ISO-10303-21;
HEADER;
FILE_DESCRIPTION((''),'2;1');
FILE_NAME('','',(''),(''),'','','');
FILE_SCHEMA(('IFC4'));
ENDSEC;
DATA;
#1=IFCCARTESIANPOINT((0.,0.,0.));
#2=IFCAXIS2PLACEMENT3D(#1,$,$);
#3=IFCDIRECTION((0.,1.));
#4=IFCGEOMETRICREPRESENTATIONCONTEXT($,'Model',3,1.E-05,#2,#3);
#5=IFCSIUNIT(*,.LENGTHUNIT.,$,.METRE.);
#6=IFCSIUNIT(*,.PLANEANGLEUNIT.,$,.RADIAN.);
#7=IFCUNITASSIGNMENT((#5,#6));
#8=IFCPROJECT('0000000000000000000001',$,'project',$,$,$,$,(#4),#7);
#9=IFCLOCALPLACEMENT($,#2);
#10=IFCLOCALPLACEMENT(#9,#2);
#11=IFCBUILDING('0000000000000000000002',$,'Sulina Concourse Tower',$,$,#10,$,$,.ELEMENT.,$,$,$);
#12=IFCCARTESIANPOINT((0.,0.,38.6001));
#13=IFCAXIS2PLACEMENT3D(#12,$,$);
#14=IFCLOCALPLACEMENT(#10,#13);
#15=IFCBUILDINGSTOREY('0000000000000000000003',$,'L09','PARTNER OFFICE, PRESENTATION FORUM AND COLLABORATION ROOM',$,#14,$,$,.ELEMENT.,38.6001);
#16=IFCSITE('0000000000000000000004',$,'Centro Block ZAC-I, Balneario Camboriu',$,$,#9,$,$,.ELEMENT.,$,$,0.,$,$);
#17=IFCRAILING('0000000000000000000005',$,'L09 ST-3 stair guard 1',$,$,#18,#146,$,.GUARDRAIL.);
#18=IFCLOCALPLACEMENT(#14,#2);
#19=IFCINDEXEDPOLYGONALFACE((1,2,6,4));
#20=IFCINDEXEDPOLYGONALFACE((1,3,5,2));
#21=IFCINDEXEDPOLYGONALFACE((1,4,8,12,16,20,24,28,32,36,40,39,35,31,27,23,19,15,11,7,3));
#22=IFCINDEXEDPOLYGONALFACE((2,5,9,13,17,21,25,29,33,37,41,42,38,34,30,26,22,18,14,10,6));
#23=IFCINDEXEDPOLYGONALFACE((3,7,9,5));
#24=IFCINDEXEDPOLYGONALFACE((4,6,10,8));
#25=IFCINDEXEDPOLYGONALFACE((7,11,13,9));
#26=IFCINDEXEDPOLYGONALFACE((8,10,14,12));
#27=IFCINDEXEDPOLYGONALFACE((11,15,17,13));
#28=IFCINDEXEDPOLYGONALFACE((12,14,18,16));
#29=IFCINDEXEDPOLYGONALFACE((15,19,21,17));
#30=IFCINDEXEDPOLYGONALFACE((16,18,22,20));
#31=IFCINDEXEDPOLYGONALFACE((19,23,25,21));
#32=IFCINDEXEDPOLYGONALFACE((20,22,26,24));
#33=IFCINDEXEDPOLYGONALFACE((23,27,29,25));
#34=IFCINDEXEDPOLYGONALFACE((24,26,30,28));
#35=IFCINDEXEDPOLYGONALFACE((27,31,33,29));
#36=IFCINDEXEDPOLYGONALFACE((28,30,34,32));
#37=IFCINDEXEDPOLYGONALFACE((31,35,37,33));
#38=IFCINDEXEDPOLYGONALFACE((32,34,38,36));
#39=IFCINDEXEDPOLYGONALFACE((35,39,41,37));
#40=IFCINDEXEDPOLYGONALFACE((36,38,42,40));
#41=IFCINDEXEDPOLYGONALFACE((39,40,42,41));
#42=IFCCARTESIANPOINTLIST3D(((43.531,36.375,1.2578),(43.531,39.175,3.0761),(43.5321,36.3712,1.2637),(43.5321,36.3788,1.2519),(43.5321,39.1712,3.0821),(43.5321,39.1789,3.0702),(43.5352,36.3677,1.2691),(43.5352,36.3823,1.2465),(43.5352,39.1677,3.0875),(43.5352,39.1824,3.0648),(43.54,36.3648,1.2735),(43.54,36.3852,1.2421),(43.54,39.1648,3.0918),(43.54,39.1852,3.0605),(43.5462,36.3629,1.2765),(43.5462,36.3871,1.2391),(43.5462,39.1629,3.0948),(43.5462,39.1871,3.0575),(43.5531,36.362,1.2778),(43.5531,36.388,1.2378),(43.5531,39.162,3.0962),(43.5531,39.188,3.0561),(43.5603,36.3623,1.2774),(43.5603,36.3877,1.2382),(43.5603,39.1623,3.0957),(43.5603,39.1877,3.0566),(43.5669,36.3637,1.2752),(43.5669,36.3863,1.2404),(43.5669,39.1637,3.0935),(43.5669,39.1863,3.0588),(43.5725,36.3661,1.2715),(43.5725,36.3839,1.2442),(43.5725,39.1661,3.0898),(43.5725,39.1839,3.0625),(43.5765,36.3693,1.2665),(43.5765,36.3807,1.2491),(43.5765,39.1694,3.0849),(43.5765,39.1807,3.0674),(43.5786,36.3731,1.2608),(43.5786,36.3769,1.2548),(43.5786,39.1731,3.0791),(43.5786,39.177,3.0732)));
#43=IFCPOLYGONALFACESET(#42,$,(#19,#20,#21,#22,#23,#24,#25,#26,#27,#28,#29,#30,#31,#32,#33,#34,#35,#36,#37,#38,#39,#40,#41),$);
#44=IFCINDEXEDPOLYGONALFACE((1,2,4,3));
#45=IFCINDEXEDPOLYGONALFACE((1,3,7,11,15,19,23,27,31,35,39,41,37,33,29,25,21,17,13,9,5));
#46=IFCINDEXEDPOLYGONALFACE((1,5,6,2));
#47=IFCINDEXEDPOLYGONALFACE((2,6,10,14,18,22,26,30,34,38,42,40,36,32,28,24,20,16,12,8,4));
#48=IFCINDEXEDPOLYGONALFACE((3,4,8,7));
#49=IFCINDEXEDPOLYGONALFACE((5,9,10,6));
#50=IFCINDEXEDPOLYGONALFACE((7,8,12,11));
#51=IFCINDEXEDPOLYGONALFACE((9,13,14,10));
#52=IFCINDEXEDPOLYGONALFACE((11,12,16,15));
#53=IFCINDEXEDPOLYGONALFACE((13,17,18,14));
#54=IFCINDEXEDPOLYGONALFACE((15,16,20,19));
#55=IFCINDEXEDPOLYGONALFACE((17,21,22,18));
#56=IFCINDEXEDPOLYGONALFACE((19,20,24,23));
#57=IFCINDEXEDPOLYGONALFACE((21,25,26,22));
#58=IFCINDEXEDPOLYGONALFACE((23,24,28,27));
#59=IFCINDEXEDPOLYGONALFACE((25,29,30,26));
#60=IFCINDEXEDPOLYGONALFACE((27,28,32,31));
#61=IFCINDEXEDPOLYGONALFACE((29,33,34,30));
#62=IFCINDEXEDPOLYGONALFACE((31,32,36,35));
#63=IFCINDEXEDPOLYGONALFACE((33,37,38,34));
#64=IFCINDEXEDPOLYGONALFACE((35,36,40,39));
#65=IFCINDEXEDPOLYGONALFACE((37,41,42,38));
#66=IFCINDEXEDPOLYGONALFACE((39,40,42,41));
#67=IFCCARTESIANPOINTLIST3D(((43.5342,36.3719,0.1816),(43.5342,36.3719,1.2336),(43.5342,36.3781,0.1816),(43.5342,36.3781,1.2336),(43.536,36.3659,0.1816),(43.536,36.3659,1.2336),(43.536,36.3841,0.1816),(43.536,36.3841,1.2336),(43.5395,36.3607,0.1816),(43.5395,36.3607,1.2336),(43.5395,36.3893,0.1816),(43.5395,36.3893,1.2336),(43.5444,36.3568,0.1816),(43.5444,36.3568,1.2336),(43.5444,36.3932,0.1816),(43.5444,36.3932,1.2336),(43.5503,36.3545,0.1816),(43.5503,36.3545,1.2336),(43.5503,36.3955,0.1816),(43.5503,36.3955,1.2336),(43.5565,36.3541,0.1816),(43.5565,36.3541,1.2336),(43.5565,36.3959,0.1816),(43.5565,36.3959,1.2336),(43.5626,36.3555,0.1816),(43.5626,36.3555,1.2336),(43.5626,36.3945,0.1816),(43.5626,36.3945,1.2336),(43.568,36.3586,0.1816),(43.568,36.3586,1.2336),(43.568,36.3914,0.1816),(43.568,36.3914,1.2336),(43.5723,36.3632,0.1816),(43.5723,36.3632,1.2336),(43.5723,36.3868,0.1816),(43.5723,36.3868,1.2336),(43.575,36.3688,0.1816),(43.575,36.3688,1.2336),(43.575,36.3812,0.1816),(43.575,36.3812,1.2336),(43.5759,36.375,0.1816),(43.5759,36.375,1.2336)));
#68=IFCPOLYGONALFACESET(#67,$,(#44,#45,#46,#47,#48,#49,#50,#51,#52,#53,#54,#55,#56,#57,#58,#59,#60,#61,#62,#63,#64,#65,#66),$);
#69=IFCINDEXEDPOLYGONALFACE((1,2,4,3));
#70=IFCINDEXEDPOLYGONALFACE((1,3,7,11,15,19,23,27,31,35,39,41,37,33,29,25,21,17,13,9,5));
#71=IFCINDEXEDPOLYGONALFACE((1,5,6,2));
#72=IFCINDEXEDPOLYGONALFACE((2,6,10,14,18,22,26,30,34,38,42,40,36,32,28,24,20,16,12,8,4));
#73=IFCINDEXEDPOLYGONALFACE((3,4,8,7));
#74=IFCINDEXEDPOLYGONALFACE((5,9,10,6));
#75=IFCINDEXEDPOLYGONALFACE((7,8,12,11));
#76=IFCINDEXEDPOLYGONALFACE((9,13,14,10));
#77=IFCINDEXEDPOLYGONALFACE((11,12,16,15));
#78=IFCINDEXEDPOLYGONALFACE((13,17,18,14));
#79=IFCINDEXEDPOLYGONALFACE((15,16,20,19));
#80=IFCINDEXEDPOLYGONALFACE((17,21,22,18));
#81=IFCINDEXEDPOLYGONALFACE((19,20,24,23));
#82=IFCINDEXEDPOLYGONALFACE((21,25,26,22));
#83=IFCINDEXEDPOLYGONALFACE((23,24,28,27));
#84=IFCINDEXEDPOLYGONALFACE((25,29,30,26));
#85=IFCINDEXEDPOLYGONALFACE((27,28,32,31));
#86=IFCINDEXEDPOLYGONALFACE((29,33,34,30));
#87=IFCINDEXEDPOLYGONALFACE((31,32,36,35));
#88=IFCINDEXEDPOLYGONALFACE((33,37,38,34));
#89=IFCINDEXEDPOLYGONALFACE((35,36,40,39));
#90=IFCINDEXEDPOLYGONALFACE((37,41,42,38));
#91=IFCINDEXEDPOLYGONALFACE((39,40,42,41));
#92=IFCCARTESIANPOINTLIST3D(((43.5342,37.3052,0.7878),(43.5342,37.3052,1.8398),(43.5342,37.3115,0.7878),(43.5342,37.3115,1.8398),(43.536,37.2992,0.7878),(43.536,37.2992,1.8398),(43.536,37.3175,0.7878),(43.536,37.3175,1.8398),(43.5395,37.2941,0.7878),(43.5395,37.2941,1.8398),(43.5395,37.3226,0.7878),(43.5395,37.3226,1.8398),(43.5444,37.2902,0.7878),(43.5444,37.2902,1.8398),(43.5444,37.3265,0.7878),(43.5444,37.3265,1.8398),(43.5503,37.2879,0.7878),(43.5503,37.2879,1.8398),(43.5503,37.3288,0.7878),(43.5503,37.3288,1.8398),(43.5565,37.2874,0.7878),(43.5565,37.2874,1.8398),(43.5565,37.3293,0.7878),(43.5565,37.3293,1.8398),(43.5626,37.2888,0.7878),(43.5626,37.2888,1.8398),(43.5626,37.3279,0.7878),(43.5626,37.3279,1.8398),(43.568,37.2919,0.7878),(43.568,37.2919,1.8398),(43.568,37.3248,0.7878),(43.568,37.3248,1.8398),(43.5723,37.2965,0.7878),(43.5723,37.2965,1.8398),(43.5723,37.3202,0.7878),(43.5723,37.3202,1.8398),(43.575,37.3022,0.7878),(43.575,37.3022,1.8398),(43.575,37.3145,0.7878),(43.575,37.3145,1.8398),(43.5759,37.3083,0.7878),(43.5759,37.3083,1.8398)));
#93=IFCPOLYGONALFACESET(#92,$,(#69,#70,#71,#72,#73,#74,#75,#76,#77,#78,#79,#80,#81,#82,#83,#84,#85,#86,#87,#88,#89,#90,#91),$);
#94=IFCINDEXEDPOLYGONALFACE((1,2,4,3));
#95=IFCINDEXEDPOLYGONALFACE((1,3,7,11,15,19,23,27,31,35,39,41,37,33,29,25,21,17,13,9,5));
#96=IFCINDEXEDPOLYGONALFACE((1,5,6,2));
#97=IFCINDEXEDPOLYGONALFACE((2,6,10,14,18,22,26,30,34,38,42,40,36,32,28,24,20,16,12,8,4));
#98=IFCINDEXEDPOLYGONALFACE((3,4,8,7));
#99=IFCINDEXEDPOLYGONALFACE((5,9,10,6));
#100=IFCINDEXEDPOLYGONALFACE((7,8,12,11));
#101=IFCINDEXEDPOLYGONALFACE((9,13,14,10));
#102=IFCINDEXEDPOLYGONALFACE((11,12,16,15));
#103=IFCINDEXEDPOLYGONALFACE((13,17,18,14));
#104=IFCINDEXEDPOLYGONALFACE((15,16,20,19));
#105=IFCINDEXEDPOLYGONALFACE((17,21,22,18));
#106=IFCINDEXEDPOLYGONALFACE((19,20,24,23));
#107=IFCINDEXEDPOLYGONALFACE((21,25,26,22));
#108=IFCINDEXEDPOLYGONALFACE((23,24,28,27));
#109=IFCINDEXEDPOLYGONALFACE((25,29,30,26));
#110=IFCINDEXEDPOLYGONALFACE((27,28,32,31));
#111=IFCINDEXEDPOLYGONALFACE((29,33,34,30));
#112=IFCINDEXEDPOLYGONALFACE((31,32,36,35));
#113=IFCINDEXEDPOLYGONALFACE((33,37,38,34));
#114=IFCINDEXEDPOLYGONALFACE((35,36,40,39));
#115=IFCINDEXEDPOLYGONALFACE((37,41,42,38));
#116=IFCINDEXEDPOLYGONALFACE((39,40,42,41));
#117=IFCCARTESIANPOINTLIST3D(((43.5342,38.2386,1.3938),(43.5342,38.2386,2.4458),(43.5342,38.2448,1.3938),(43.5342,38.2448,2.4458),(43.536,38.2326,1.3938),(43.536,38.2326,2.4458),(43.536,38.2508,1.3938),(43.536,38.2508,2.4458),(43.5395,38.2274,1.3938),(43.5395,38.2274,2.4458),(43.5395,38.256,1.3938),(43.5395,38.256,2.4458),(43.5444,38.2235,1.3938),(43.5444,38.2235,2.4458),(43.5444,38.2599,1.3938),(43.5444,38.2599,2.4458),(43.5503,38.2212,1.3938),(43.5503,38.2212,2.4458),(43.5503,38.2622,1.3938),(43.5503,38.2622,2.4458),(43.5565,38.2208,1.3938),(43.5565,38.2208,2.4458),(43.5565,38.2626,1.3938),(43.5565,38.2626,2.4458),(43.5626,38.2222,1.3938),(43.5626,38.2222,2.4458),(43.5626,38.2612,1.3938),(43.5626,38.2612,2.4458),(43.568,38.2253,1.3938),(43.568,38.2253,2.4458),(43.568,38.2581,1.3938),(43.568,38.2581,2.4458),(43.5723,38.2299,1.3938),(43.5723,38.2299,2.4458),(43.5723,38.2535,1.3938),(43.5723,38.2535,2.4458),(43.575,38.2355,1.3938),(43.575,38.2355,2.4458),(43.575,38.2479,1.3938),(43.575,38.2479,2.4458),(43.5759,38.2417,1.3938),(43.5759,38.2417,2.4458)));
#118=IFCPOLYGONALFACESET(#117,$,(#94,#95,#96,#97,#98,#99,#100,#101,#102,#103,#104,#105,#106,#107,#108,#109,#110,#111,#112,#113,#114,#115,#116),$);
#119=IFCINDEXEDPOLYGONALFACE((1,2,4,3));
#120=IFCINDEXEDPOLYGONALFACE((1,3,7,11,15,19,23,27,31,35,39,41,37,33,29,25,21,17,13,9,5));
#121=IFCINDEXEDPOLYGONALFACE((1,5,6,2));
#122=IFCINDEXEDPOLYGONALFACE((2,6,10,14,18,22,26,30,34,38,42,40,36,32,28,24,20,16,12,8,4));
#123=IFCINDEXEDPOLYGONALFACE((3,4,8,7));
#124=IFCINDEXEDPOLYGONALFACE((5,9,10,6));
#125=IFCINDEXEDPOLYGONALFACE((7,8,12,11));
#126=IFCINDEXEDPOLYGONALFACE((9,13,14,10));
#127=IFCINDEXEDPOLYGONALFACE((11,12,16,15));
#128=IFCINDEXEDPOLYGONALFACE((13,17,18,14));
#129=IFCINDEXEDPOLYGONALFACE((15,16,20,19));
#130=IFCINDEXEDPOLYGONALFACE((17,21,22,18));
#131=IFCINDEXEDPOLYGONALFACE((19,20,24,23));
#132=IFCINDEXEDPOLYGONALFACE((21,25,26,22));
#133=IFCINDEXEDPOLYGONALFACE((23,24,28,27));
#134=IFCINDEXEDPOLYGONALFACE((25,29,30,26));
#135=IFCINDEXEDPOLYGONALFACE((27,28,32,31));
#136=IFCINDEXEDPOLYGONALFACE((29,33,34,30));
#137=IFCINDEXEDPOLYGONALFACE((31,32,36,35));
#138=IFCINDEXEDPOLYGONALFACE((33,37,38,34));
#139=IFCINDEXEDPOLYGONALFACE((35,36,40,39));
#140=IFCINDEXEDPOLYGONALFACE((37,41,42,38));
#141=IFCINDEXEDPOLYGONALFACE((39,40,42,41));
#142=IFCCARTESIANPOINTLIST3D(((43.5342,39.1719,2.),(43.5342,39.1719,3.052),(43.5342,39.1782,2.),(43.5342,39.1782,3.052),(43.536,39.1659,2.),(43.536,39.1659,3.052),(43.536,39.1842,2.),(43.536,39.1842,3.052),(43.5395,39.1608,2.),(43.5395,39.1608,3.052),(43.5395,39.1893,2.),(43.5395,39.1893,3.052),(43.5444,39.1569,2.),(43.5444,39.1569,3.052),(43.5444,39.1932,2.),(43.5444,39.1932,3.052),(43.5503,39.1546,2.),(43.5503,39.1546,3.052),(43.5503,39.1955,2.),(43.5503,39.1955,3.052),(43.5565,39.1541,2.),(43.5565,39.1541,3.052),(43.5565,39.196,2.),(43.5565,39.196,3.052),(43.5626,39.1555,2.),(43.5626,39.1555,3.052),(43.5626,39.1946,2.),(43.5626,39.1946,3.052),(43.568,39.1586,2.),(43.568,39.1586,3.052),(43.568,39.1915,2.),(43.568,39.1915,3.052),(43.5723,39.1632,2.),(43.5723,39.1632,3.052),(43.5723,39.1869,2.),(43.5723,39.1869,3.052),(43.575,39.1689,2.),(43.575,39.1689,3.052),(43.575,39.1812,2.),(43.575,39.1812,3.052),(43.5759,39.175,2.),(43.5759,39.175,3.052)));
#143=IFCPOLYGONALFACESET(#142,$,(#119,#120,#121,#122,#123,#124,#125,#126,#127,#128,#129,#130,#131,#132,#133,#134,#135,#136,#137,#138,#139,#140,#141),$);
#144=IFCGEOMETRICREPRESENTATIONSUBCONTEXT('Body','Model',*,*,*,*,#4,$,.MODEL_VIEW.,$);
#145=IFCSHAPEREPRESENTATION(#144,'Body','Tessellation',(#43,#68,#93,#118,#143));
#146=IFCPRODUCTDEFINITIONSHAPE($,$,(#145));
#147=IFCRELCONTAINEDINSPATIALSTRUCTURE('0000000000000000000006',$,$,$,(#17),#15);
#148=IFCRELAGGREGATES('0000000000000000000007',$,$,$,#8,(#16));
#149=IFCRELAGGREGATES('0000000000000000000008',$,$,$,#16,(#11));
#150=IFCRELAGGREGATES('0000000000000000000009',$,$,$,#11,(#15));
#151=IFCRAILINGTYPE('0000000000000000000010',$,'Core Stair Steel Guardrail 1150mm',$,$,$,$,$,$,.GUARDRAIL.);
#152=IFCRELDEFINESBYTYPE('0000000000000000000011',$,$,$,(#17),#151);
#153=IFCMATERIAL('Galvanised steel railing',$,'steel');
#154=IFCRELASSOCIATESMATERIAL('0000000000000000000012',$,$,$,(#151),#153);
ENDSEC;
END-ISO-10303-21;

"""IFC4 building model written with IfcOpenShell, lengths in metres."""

from ifc_helpers import new_model, si_unit, direction, frame, origin, origin_2d, place, context, subcontext, project, spatial, circle, extrude, material, type_object, element, save


model = new_model("IFC4")

# Units and contexts
model_context = context("Model", 3, precision=1e-05, world=origin(), true_north=direction((0.0, 1.0)))
body_context = subcontext(model_context, "Body", "Model", "MODEL_VIEW")
ifc_project = project(units=[si_unit("LENGTHUNIT", "METRE"), si_unit("PLANEANGLEUNIT", "RADIAN")], contexts=[model_context])

# Site, building, storey
site_placement = place(None, origin())
site = spatial("IfcSite", under=ifc_project, at=site_placement, Name="Centro Block ZAC-I, Balneario Camboriu", CompositionType="ELEMENT", RefElevation=0.0)
building_placement = place(site_placement, origin())
building = spatial("IfcBuilding", under=site, at=building_placement, Name="Sulina Concourse Tower", CompositionType="ELEMENT")
storey_placement = place(building_placement, frame((0.0, 0.0, 38.6001)))
storey = spatial("IfcBuildingStorey", under=building, at=storey_placement, Name="L09", Description="PARTNER OFFICE, PRESENTATION FORUM AND COLLABORATION ROOM", CompositionType="ELEMENT", Elevation=38.6001)

# Railing
ifc_material_1 = material(Name="Galvanised steel railing", Category="steel")
railing_type_1 = type_object("IfcRailingType", Name="Core Stair Steel Guardrail 1150mm", PredefinedType="GUARDRAIL", material=ifc_material_1)
railing_1_placement = place(storey_placement, frame((43.5549, 36.375, 0.1816)))
element("IfcRailing", 1, at=railing_1_placement, inside=storey, type_object=railing_type_1, Name="L09 ST-3 stair guard 1", PredefinedType="GUARDRAIL", context=body_context, shape_type="SweptSolid", body=[
    extrude(circle(Radius=0.0239, at=origin_2d()), frame((0.0, 0.0, 1.0762), z_axis=(0.0, 0.838672, 0.544636), x_axis=(-1.0, 0.0, 0.0)), (0.0, 0.0, 1.0), 3.3386),
    extrude(circle(Radius=0.021, at=origin_2d()), origin(), (0.0, 0.0, 1.0), 1.052),
    extrude(circle(Radius=0.021, at=origin_2d()), frame((0.0, 0.9333, 0.6062)), (0.0, 0.0, 1.0), 1.052),
    extrude(circle(Radius=0.021, at=origin_2d()), frame((0.0, 1.8667, 1.2122)), (0.0, 0.0, 1.0), 1.052),
    extrude(circle(Radius=0.021, at=origin_2d()), frame((0.0, 2.8, 1.8184)), (0.0, 0.0, 1.0), 1.052),
])

save(model, "model.ifc")
